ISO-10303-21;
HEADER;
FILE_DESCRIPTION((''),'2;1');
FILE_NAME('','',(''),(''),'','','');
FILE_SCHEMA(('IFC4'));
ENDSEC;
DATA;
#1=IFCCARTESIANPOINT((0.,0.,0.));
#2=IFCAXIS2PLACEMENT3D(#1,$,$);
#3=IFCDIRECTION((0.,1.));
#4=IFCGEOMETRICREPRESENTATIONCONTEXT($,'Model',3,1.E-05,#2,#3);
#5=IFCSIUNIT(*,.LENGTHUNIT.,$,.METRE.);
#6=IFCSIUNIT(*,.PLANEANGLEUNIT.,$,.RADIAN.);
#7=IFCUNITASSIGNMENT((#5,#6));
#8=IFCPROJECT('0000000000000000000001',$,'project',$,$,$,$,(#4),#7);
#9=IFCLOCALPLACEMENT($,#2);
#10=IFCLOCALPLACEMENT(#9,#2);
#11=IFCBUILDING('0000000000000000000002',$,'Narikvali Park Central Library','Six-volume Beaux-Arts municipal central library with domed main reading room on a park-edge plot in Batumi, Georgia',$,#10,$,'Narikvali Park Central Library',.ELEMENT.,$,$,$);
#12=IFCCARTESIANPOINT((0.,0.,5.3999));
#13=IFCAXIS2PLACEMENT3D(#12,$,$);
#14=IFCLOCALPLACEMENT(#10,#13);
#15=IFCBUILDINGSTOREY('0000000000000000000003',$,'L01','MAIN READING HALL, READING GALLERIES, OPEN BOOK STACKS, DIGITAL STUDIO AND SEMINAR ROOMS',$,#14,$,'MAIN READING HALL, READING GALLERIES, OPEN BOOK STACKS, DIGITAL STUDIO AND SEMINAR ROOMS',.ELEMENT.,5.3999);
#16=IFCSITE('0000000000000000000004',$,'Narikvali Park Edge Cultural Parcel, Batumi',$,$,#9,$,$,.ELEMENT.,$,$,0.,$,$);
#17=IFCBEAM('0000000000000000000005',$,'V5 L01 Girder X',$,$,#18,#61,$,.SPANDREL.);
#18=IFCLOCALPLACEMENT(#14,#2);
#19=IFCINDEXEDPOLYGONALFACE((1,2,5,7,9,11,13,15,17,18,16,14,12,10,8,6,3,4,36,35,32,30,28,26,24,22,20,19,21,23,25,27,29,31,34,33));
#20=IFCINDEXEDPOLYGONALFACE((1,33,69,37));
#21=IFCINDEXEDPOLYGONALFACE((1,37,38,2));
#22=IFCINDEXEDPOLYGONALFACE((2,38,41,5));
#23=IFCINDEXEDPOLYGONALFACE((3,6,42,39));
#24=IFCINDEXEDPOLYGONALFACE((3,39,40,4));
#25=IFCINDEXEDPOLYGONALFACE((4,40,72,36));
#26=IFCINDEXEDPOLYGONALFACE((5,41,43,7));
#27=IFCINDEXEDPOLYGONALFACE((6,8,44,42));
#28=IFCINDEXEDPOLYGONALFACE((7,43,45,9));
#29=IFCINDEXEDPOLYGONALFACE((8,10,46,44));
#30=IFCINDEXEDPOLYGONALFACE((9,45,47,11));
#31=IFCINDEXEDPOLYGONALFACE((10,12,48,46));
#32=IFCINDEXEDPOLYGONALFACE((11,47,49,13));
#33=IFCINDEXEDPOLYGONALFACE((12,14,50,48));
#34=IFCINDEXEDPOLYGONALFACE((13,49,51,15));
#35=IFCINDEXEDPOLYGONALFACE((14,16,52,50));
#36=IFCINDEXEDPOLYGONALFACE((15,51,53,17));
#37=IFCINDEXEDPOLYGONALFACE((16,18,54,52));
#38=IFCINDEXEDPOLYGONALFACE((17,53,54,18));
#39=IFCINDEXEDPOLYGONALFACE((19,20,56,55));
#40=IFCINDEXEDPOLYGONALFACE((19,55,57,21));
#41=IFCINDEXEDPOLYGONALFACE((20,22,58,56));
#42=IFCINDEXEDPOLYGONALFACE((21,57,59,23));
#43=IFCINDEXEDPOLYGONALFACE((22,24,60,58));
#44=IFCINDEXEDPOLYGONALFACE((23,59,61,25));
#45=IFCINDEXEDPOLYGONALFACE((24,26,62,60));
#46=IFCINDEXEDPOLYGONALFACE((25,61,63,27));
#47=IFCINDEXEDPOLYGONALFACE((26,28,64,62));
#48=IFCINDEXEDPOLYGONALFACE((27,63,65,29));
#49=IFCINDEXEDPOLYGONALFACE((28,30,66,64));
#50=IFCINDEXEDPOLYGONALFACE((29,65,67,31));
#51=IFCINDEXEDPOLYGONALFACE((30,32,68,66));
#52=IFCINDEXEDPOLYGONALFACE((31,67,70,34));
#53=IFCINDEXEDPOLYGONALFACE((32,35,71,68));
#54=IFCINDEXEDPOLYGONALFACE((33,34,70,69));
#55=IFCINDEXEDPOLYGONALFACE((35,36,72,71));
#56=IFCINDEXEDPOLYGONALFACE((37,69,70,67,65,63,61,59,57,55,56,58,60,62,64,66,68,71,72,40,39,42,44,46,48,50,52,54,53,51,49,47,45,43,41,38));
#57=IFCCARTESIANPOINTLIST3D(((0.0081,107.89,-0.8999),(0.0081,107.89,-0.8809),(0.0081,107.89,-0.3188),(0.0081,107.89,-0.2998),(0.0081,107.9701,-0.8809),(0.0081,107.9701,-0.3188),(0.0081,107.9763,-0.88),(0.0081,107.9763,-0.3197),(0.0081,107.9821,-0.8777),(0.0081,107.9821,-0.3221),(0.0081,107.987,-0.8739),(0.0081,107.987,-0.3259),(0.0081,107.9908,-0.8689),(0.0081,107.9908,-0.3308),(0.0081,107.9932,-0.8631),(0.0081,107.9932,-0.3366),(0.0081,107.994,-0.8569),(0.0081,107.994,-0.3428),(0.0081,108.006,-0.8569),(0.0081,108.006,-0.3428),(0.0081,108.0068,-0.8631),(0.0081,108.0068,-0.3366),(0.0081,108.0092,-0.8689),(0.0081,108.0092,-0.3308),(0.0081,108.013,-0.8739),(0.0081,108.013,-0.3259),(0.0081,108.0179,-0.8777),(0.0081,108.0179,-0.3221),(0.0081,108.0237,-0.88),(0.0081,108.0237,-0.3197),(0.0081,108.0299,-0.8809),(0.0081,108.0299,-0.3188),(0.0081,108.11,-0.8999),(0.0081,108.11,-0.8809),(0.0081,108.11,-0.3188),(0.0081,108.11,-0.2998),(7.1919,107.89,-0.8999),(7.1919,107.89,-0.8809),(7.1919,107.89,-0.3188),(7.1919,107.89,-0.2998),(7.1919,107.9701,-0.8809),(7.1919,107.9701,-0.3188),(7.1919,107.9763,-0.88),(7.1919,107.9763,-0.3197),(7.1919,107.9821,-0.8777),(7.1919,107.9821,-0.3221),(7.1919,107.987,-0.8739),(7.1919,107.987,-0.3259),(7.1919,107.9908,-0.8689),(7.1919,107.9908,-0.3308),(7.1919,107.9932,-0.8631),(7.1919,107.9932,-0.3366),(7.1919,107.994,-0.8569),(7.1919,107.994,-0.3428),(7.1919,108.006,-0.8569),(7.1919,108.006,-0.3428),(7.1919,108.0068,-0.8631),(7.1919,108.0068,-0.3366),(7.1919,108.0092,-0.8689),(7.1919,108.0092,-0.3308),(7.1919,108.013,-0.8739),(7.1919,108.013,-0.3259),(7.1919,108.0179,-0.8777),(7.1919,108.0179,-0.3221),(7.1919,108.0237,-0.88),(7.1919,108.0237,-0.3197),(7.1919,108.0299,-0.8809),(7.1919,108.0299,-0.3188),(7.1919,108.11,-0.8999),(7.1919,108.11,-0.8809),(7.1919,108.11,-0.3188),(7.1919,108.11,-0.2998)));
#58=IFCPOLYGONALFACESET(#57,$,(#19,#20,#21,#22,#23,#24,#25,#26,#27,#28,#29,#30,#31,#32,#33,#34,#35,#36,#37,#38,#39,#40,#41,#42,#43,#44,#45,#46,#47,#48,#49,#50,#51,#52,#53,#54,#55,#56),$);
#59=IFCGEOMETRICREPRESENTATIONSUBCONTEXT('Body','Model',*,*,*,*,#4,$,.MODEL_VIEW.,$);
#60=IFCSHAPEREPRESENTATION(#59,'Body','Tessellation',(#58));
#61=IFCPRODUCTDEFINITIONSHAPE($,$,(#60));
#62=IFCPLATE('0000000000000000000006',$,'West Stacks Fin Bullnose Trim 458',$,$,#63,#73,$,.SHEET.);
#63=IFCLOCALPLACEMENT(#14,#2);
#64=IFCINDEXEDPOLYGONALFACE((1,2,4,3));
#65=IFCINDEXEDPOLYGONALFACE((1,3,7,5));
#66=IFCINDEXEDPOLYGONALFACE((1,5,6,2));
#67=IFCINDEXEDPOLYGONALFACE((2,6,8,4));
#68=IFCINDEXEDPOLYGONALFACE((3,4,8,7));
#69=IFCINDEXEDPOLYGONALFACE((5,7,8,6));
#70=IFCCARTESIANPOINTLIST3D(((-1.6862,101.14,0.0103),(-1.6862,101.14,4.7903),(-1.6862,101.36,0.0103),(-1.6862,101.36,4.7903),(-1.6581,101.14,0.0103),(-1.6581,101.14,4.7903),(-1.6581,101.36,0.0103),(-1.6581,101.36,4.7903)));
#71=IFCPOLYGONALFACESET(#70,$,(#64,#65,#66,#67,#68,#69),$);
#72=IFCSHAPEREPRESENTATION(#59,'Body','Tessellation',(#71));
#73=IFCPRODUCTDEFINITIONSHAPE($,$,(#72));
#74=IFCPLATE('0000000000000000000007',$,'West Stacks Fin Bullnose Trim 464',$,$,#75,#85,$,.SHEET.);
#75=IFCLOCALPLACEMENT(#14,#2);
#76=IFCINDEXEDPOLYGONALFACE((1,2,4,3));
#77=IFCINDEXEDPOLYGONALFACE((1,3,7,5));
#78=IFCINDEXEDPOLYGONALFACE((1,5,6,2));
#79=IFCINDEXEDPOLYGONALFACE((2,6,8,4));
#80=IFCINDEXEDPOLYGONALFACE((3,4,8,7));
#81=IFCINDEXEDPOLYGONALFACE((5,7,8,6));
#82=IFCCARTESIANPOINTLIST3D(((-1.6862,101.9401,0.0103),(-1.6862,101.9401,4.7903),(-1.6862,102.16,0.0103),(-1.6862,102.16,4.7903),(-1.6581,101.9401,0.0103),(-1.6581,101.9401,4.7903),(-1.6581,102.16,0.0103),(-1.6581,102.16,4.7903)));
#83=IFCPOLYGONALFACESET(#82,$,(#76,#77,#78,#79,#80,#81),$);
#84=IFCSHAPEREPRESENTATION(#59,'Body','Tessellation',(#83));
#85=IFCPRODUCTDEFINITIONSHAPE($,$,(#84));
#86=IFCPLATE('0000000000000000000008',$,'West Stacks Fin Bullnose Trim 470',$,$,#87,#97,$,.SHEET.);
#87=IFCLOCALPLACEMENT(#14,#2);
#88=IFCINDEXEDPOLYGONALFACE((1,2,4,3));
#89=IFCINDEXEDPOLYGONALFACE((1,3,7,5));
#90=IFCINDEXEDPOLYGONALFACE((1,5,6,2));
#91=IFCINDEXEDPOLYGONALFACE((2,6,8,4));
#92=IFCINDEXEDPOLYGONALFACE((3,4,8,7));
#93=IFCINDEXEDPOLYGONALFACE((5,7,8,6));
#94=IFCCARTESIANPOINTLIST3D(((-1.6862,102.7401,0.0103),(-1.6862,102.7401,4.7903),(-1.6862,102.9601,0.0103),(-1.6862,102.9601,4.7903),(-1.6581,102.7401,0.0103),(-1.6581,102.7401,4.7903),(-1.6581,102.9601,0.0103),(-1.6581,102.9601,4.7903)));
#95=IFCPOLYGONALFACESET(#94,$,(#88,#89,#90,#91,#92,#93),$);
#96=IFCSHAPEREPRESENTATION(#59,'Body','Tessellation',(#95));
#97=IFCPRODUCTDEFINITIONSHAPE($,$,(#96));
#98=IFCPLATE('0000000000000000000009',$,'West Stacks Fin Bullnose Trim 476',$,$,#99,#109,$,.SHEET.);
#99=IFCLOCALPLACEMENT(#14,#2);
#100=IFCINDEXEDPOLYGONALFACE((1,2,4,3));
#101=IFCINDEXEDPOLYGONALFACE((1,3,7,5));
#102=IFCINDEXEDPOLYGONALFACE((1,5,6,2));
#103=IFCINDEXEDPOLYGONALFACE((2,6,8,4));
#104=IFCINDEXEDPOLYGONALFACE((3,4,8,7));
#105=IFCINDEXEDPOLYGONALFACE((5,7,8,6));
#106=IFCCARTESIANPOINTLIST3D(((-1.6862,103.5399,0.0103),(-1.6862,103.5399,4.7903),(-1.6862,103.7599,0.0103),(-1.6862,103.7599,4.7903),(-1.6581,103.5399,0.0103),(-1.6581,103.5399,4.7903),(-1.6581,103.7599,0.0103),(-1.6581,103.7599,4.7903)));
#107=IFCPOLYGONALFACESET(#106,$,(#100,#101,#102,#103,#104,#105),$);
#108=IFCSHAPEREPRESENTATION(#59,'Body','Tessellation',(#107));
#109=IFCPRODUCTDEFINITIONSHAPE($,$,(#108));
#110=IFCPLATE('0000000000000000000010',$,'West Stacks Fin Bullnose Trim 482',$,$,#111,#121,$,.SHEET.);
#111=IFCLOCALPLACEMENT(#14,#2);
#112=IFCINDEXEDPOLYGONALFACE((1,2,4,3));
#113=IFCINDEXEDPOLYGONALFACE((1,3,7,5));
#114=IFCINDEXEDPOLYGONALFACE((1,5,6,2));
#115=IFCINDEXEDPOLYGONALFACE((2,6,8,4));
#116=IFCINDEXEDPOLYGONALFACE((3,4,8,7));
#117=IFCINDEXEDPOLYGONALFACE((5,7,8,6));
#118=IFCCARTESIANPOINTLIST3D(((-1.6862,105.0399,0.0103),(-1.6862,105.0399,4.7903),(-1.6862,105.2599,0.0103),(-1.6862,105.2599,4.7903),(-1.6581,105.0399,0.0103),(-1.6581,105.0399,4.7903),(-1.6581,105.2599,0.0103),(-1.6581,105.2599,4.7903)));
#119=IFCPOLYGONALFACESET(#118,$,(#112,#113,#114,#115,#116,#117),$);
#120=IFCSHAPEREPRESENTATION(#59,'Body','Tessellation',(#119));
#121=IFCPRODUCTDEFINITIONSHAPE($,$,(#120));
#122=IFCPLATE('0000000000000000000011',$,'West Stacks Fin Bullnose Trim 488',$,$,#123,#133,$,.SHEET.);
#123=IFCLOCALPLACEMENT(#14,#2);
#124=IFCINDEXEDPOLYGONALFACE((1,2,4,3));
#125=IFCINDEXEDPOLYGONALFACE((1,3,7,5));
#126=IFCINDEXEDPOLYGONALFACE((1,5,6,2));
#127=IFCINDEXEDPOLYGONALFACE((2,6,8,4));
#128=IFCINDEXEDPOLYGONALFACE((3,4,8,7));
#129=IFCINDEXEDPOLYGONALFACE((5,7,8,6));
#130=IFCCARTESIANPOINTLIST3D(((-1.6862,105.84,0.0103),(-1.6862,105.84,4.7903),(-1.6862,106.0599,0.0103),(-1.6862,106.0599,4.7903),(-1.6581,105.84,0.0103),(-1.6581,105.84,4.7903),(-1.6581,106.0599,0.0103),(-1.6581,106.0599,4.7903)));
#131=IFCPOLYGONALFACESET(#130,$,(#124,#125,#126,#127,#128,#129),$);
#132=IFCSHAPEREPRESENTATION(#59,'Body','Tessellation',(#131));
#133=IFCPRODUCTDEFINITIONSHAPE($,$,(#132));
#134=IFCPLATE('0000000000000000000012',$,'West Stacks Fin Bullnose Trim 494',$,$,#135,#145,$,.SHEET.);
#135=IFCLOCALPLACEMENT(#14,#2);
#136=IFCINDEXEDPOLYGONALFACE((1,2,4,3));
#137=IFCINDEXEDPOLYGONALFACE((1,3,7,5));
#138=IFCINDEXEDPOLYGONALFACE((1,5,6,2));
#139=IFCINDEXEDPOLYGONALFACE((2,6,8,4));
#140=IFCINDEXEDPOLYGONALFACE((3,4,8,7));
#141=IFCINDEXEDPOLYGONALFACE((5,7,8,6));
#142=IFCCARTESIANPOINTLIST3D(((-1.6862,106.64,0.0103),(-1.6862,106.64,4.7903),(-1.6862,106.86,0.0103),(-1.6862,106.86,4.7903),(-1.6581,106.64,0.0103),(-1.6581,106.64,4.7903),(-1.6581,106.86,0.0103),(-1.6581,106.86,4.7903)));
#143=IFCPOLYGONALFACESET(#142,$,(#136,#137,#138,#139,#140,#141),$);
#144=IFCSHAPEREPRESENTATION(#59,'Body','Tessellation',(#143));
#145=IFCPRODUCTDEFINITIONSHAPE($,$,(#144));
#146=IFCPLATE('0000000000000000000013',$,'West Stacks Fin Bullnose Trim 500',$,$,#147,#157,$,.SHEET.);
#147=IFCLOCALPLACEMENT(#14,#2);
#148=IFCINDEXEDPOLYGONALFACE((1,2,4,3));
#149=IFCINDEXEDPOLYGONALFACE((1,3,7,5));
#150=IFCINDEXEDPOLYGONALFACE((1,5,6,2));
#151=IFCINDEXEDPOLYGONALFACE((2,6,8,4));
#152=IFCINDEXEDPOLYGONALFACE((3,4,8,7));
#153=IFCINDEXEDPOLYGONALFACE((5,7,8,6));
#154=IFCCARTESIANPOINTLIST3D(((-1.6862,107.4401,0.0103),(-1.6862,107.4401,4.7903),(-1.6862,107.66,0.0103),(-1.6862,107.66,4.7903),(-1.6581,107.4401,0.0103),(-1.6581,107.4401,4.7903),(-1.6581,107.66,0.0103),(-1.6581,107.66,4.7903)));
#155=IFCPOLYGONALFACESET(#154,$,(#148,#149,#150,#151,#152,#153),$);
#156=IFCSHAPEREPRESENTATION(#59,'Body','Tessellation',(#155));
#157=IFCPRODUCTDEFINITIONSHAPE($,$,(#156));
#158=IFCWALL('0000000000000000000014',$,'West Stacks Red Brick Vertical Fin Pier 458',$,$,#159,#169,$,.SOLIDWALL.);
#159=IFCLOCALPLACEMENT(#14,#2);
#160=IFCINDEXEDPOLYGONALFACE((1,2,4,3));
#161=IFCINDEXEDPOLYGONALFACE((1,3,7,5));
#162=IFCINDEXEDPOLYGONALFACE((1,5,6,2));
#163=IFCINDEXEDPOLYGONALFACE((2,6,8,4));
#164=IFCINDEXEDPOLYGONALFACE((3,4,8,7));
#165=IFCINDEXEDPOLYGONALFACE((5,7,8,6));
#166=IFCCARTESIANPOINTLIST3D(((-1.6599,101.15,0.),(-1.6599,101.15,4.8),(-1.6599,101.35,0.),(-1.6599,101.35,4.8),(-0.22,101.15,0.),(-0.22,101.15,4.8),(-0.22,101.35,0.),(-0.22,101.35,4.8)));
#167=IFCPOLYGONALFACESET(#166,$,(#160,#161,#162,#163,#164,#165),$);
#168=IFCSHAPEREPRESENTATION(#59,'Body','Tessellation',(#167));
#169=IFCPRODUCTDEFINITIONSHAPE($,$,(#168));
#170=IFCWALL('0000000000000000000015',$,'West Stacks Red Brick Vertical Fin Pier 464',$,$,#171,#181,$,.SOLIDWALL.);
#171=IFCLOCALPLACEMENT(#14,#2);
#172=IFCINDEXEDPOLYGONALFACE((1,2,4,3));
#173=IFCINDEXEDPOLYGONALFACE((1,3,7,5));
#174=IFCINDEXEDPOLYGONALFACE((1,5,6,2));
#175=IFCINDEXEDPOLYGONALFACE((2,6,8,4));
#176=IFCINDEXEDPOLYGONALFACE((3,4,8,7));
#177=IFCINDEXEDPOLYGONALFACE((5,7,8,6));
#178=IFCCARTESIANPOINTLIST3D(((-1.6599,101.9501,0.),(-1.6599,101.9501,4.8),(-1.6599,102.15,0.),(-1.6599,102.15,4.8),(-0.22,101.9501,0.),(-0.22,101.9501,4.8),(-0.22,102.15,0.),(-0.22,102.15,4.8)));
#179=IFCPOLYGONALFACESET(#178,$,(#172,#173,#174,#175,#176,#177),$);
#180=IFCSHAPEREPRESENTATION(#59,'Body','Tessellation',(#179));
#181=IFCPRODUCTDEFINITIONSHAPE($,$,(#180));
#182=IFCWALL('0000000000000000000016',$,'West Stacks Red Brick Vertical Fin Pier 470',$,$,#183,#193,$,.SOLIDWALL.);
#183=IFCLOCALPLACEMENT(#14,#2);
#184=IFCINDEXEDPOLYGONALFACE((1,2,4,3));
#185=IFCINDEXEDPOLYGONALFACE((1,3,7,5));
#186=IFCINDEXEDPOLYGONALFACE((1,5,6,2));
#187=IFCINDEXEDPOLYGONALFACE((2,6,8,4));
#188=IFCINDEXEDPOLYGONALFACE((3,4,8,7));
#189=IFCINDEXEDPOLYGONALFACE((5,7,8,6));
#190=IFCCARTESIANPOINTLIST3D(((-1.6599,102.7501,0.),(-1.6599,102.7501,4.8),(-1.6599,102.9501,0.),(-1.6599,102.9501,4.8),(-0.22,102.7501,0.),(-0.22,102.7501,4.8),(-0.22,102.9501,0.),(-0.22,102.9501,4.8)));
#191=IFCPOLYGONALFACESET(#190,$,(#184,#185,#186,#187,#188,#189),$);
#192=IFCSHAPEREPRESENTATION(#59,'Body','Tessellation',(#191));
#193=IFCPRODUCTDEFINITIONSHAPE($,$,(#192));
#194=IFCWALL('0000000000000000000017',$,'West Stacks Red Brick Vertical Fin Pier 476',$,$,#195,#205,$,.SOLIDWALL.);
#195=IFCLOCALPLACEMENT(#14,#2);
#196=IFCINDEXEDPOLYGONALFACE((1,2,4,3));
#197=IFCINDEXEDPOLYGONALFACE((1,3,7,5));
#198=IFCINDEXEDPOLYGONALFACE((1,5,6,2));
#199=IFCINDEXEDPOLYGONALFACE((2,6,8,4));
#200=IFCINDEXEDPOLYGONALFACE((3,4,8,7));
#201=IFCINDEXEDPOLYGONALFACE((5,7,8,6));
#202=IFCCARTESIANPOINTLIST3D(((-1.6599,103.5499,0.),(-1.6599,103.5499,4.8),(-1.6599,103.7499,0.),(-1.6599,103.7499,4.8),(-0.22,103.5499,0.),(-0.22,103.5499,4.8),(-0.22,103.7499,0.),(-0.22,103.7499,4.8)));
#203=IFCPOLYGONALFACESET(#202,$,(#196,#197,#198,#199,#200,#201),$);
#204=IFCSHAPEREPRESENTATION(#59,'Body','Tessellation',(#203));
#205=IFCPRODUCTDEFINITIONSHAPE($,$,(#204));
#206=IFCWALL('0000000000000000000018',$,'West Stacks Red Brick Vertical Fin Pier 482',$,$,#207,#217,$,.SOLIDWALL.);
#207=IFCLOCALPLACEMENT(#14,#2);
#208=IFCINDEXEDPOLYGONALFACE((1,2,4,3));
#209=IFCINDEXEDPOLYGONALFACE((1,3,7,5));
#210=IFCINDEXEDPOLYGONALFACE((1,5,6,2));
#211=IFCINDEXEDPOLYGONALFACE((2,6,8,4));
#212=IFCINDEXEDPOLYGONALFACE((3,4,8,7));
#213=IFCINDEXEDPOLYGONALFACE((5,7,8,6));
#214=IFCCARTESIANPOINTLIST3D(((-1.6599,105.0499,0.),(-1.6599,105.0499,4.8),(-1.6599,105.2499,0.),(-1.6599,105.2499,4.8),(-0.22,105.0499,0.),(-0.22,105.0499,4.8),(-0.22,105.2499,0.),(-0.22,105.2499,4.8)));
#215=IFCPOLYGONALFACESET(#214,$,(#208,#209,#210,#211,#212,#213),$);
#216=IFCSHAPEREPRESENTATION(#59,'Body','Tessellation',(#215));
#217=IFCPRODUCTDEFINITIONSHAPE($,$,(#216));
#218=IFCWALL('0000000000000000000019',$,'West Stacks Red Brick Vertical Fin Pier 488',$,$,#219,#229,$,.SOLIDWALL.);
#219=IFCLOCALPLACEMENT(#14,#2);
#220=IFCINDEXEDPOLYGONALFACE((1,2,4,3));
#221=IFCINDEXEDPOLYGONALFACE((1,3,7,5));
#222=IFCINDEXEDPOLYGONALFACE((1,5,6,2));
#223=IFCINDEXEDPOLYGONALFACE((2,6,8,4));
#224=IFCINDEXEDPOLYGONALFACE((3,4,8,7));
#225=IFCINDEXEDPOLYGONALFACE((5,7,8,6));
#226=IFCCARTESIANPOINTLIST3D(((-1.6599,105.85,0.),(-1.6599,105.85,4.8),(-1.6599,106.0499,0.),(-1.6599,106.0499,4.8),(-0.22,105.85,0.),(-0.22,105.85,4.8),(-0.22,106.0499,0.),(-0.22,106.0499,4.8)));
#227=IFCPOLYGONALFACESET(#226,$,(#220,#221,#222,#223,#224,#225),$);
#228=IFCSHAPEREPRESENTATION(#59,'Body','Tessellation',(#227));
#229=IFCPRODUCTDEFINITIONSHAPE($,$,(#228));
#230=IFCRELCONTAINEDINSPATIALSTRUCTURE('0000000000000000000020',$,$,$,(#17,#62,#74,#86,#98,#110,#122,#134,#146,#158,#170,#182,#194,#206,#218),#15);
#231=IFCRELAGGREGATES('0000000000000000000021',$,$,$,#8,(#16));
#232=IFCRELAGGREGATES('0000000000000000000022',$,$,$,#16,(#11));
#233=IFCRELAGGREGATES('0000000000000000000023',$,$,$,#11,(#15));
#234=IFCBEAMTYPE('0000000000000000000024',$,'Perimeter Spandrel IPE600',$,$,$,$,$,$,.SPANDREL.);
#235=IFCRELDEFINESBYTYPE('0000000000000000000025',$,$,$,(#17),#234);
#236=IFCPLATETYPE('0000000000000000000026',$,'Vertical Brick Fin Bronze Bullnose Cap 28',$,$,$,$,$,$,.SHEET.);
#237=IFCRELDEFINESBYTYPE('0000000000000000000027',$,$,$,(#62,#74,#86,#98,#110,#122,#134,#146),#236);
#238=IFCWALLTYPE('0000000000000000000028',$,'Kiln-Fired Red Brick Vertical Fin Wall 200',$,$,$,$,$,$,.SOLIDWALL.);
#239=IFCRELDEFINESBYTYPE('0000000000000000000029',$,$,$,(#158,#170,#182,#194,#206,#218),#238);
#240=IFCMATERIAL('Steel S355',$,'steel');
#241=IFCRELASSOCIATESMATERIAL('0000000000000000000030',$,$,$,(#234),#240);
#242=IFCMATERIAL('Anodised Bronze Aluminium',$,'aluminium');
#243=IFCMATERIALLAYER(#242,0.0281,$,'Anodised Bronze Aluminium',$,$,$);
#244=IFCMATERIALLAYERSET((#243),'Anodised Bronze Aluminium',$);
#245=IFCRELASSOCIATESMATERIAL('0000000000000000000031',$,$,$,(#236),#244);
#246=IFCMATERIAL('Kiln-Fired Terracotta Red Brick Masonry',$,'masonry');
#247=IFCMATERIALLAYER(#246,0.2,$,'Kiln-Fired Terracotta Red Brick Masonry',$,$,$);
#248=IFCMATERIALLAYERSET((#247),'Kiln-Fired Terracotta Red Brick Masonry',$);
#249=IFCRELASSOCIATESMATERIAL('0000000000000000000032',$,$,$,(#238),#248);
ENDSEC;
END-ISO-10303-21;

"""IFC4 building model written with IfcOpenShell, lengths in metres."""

from ifc_helpers import new_model, si_unit, direction, frame, frame_2d, origin, origin_2d, place, context, subcontext, project, spatial, rectangle, i_section, extrude, material, layer, layer_set, material_profile, profile_set, type_object, element, save


model = new_model("IFC4")

# Units and contexts
model_context = context("Model", 3, precision=1e-05, world=origin(), true_north=direction((0.0, 1.0)))
body_context = subcontext(model_context, "Body", "Model", "MODEL_VIEW")
ifc_project = project(units=[si_unit("LENGTHUNIT", "METRE"), si_unit("PLANEANGLEUNIT", "RADIAN")], contexts=[model_context])

# Site, building, storey
site_placement = place(None, origin())
site = spatial("IfcSite", under=ifc_project, at=site_placement, Name="Narikvali Park Edge Cultural Parcel, Batumi", CompositionType="ELEMENT", RefElevation=0.0)
building_placement = place(site_placement, origin())
building = spatial("IfcBuilding", under=site, at=building_placement, Name="Narikvali Park Central Library", Description="Six-volume Beaux-Arts municipal central library with domed main reading room on a park-edge plot in Batumi, Georgia", LongName="Narikvali Park Central Library", CompositionType="ELEMENT")
storey_placement = place(building_placement, frame((0.0, 0.0, 5.3999)))
storey = spatial("IfcBuildingStorey", under=building, at=storey_placement, Name="L01", Description="MAIN READING HALL, READING GALLERIES, OPEN BOOK STACKS, DIGITAL STUDIO AND SEMINAR ROOMS", LongName="MAIN READING HALL, READING GALLERIES, OPEN BOOK STACKS, DIGITAL STUDIO AND SEMINAR ROOMS", CompositionType="ELEMENT", Elevation=5.3999)

# Shared definitions
ifc_material_1 = material(Name="Steel S355", Category="steel")

# Beam
ifc_material_profile_1 = material_profile(ifc_material_1, i_section(OverallWidth=0.22, OverallDepth=0.6001, WebThickness=0.012, FlangeThickness=0.019, FilletRadius=0.0239, at=origin_2d()), Name="IPE 600")
ifc_profile_set_1 = profile_set([ifc_material_profile_1], Name="Steel S355")
beam_type_1 = type_object("IfcBeamType", Name="Perimeter Spandrel IPE600", PredefinedType="SPANDREL", material=ifc_profile_set_1)
beam_1_placement = place(storey_placement, frame((0.0081, 108.0, -0.5999), z_axis=(1.0, 0.0, 0.0), x_axis=(0.0, 1.0, 0.0)))
element("IfcBeam", 1, at=beam_1_placement, inside=storey, type_object=beam_type_1, Name="V5 L01 Girder X", PredefinedType="SPANDREL", context=body_context, shape_type="SweptSolid", body=[
    extrude(i_section(OverallWidth=0.22, OverallDepth=0.6001, WebThickness=0.012, FlangeThickness=0.019, FilletRadius=0.0239, at=origin_2d()), origin(), (0.0, 0.0, 1.0), 7.1838),
])

# Plates
ifc_material_2 = material(Name="Anodised Bronze Aluminium", Category="aluminium")
ifc_layer_1 = layer(ifc_material_2, 0.0281, Name="Anodised Bronze Aluminium")
ifc_layer_set_1 = layer_set([ifc_layer_1], Name="Anodised Bronze Aluminium")
plate_type = type_object("IfcPlateType", Name="Vertical Brick Fin Bronze Bullnose Cap 28", PredefinedType="SHEET", material=ifc_layer_set_1)
for number, where, z_axis, x_axis, name in (
    (2, (-1.6721, 101.25, 0.0103), (0.0, 0.0, 1.0), (1.0, 0.0, 0.0), "West Stacks Fin Bullnose Trim 458"),
    (3, (-1.6721, 102.05, 0.0103), (0.0, 0.0, 1.0), (1.0, 0.0, 0.0), "West Stacks Fin Bullnose Trim 464"),
    (4, (-1.6721, 102.8501, 0.0103), (0.0, 0.0, 1.0), (1.0, 0.0, 0.0), "West Stacks Fin Bullnose Trim 470"),
    (5, (-1.6721, 103.6499, 0.0103), (0.0, 0.0, 1.0), (1.0, 0.0, 0.0), "West Stacks Fin Bullnose Trim 476"),
    (6, (-1.6721, 105.1499, 0.0103), (0.0, 0.0, 1.0), (1.0, 0.0, 0.0), "West Stacks Fin Bullnose Trim 482"),
    (7, (-1.6721, 105.95, 0.0103), (0.0, 0.0, 1.0), (1.0, 0.0, 0.0), "West Stacks Fin Bullnose Trim 488"),
    (8, (-1.6721, 106.75, 0.0103), (0.0, 0.0, 1.0), (1.0, 0.0, 0.0), "West Stacks Fin Bullnose Trim 494"),
    (9, (-1.6721, 107.55, 0.0103), (0.0, 0.0, 1.0), (1.0, 0.0, 0.0), "West Stacks Fin Bullnose Trim 500"),
):
    element("IfcPlate", number, at=place(storey_placement, frame(where, z_axis=z_axis, x_axis=x_axis)), inside=storey, type_object=plate_type, Name=name, PredefinedType="SHEET", context=body_context, shape_type="SweptSolid", body=[
        extrude(rectangle(XDim=0.0281, YDim=0.22, at=origin_2d()), origin(), (0.0, 0.0, 1.0), 4.78),
    ])

# Walls
ifc_material_3 = material(Name="Kiln-Fired Terracotta Red Brick Masonry", Category="masonry")
ifc_layer_2 = layer(ifc_material_3, 0.2, Name="Kiln-Fired Terracotta Red Brick Masonry")
ifc_layer_set_2 = layer_set([ifc_layer_2], Name="Kiln-Fired Terracotta Red Brick Masonry")
wall_type_1 = type_object("IfcWallType", Name="Kiln-Fired Red Brick Vertical Fin Wall 200", PredefinedType="SOLIDWALL", material=ifc_layer_set_2)
for number, where, z_axis, x_axis, name in (
    (10, (-1.6599, 101.25, 0.0), (0.0, 0.0, 1.0), (1.0, 0.0, 0.0), "West Stacks Red Brick Vertical Fin Pier 458"),
    (11, (-1.6599, 102.05, 0.0), (0.0, 0.0, 1.0), (1.0, 0.0, 0.0), "West Stacks Red Brick Vertical Fin Pier 464"),
    (12, (-1.6599, 102.8501, 0.0), (0.0, 0.0, 1.0), (1.0, 0.0, 0.0), "West Stacks Red Brick Vertical Fin Pier 470"),
    (13, (-1.6599, 103.6499, 0.0), (0.0, 0.0, 1.0), (1.0, 0.0, 0.0), "West Stacks Red Brick Vertical Fin Pier 476"),
    (14, (-1.6599, 105.1499, 0.0), (0.0, 0.0, 1.0), (1.0, 0.0, 0.0), "West Stacks Red Brick Vertical Fin Pier 482"),
    (15, (-1.6599, 105.95, 0.0), (0.0, 0.0, 1.0), (1.0, 0.0, 0.0), "West Stacks Red Brick Vertical Fin Pier 488"),
):
    element("IfcWall", number, at=place(storey_placement, frame(where, z_axis=z_axis, x_axis=x_axis)), inside=storey, type_object=wall_type_1, Name=name, PredefinedType="SOLIDWALL", context=body_context, shape_type="SweptSolid", body=[
        extrude(rectangle(XDim=1.4399, YDim=0.2, at=frame_2d((0.72, 0.0))), origin(), (0.0, 0.0, 1.0), 4.8),
    ])

save(model, "model.ifc")
